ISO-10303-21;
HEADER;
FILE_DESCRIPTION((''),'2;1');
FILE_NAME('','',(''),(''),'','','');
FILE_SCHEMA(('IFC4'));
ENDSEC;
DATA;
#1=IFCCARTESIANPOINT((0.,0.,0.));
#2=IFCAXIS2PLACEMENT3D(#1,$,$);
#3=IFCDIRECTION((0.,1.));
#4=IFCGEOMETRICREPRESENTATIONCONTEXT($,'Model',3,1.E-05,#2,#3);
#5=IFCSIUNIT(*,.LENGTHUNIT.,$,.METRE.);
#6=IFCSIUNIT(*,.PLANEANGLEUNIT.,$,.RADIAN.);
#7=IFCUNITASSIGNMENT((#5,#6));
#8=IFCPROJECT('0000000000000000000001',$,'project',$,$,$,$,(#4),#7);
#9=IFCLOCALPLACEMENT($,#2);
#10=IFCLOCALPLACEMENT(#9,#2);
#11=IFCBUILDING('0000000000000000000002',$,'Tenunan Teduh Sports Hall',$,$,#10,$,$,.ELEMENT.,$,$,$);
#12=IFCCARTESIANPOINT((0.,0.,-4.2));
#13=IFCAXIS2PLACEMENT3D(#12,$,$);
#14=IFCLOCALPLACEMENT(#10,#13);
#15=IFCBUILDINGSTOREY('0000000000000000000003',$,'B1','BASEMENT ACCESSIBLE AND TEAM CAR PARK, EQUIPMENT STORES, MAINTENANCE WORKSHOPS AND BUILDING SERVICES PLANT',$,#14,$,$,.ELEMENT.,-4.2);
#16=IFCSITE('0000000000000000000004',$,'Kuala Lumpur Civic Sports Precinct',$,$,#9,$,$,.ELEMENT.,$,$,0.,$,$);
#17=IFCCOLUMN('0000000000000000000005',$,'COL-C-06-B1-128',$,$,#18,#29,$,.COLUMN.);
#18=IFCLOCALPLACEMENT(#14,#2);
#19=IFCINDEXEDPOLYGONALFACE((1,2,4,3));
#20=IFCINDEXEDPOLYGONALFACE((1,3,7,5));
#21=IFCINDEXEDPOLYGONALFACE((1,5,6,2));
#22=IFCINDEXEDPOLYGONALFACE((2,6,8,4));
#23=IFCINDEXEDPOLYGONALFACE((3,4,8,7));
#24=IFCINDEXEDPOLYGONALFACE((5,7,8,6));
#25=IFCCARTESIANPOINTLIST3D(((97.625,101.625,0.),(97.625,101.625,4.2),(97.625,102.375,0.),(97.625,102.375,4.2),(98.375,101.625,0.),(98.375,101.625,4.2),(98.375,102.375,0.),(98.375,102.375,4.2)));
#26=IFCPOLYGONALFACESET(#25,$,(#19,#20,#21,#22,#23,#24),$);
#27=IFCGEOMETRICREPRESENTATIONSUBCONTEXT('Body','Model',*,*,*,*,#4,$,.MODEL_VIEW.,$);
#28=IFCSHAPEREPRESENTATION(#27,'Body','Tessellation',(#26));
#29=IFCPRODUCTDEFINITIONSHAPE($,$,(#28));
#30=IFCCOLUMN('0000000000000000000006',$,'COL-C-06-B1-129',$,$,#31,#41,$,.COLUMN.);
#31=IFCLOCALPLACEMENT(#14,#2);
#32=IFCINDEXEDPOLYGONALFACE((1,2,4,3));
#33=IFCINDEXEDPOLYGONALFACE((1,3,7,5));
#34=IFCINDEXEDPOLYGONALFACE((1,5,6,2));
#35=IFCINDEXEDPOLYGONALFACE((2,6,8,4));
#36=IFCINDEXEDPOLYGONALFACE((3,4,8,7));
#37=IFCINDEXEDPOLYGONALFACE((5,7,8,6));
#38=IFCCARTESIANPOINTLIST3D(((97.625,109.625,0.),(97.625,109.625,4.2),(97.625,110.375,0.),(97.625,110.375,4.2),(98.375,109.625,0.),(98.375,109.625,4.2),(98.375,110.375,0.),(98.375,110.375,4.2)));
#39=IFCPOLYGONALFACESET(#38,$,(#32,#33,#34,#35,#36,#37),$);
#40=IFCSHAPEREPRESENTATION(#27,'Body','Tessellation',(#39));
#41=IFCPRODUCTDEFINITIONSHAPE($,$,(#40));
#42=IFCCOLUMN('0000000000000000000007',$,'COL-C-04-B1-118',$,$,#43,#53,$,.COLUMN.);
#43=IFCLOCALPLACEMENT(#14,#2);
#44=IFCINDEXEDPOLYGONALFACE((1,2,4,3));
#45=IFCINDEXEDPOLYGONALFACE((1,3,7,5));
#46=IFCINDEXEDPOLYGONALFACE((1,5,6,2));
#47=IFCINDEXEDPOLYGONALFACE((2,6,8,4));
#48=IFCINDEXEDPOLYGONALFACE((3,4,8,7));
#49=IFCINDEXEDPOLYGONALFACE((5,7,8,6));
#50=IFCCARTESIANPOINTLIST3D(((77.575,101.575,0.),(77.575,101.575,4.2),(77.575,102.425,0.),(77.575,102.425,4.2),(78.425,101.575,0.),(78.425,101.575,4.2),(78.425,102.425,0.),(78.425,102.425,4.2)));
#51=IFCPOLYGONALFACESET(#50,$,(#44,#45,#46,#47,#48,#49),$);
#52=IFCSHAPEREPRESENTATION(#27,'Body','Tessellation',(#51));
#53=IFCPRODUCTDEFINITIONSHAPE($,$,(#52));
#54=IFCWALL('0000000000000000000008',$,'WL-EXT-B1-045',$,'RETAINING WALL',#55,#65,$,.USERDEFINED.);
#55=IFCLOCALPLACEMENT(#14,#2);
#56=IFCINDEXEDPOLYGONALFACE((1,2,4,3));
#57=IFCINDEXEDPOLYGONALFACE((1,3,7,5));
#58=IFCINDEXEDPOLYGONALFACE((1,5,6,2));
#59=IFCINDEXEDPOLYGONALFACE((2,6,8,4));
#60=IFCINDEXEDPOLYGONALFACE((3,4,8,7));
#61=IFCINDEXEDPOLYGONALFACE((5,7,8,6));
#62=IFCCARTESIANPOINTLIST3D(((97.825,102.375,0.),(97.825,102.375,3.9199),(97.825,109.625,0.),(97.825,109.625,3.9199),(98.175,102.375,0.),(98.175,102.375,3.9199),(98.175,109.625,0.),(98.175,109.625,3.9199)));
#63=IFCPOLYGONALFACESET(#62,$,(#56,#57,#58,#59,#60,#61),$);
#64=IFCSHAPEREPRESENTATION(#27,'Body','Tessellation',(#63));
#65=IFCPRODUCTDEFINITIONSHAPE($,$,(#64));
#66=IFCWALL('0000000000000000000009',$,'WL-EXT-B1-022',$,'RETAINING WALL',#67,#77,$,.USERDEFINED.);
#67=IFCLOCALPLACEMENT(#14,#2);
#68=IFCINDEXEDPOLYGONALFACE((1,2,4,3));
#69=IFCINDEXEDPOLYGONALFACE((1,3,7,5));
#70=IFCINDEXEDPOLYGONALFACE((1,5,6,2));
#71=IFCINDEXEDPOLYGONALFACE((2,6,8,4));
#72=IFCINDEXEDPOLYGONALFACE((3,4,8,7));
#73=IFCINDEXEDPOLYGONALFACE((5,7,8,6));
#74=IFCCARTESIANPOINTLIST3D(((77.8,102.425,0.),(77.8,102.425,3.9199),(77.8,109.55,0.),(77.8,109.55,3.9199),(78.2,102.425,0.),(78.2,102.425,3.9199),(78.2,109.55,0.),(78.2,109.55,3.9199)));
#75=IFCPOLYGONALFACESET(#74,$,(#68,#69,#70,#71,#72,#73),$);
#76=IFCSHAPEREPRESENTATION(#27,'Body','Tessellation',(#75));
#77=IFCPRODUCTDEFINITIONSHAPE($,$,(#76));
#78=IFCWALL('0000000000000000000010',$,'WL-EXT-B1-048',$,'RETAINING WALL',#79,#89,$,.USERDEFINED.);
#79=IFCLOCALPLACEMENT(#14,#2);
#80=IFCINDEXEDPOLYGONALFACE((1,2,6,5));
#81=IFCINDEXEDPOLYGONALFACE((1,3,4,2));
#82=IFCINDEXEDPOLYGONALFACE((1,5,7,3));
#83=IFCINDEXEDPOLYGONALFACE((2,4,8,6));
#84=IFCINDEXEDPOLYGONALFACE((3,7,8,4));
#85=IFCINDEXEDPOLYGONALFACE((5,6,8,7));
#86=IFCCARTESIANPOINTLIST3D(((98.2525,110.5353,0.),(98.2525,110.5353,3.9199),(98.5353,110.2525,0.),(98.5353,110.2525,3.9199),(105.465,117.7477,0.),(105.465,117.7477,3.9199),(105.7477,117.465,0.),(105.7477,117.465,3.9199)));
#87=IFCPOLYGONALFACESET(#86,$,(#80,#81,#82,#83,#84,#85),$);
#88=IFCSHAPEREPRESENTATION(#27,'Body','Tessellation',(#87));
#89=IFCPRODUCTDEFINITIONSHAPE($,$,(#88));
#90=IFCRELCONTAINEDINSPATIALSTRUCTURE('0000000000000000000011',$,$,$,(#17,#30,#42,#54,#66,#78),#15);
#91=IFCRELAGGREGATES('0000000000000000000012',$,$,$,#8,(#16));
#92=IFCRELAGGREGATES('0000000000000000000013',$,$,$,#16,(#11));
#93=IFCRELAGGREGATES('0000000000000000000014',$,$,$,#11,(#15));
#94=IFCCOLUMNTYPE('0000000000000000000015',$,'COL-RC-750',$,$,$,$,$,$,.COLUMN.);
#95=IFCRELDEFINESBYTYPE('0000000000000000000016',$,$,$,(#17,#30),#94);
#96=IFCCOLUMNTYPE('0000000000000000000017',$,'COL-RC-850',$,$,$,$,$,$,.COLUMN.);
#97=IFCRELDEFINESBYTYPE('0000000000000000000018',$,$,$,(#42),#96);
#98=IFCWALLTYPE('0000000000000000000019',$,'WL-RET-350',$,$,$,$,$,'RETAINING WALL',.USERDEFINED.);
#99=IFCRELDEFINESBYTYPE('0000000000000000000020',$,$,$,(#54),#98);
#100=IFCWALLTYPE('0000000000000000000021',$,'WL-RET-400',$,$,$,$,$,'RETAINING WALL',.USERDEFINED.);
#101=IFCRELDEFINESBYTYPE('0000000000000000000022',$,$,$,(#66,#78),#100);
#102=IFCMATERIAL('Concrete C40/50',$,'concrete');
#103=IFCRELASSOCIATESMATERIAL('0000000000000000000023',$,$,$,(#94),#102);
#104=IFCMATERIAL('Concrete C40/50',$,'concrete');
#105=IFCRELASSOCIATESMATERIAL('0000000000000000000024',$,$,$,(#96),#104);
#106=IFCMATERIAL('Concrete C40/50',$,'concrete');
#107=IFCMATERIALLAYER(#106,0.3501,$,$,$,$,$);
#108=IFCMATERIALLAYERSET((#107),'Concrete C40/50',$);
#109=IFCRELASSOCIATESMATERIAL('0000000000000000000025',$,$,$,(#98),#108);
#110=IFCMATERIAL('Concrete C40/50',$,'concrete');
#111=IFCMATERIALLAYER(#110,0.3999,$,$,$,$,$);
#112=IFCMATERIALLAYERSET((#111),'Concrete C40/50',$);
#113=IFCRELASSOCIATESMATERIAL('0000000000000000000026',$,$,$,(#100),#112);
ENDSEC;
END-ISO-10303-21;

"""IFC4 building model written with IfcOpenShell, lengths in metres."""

from ifc_helpers import new_model, si_unit, direction, frame, frame_2d, origin, origin_2d, place, context, subcontext, project, spatial, rectangle, extrude, material, layer, layer_set, material_profile, profile_set, type_object, element, save


model = new_model("IFC4")

# Units and contexts
model_context = context("Model", 3, precision=1e-05, world=origin(), true_north=direction((0.0, 1.0)))
body_context = subcontext(model_context, "Body", "Model", "MODEL_VIEW")
ifc_project = project(units=[si_unit("LENGTHUNIT", "METRE"), si_unit("PLANEANGLEUNIT", "RADIAN")], contexts=[model_context])

# Site, building, storey
site_placement = place(None, origin())
site = spatial("IfcSite", under=ifc_project, at=site_placement, Name="Kuala Lumpur Civic Sports Precinct", CompositionType="ELEMENT", RefElevation=0.0)
building_placement = place(site_placement, origin())
building = spatial("IfcBuilding", under=site, at=building_placement, Name="Tenunan Teduh Sports Hall", CompositionType="ELEMENT")
storey_placement = place(building_placement, frame((0.0, 0.0, -4.2)))
storey = spatial("IfcBuildingStorey", under=building, at=storey_placement, Name="B1", Description="BASEMENT ACCESSIBLE AND TEAM CAR PARK, EQUIPMENT STORES, MAINTENANCE WORKSHOPS AND BUILDING SERVICES PLANT", CompositionType="ELEMENT", Elevation=-4.2)

# Columns
ifc_material_1 = material(Name="Concrete C40/50", Category="concrete")
ifc_material_profile_1 = material_profile(ifc_material_1, rectangle(XDim=0.75, YDim=0.75, at=origin_2d()), Name="RC 750x750")
ifc_profile_set_1 = profile_set([ifc_material_profile_1], Name="Concrete C40/50")
column_type_1 = type_object("IfcColumnType", Name="COL-RC-750", PredefinedType="COLUMN", material=ifc_profile_set_1)
for number, where, z_axis, x_axis, name in (
    (1, (98.0, 102.0, 0.0), (0.0, 0.0, 1.0), (1.0, 0.0, 0.0), "COL-C-06-B1-128"),
    (2, (98.0, 110.0, 0.0), (0.0, 0.0, 1.0), (1.0, 0.0, 0.0), "COL-C-06-B1-129"),
):
    element("IfcColumn", number, at=place(storey_placement, frame(where, z_axis=z_axis, x_axis=x_axis)), inside=storey, type_object=column_type_1, Name=name, PredefinedType="COLUMN", context=body_context, shape_type="SweptSolid", body=[
        extrude(rectangle(XDim=0.75, YDim=0.75, at=origin_2d()), origin(), (0.0, 0.0, 1.0), 4.2),
    ])
ifc_material_2 = material(Name="Concrete C40/50", Category="concrete")
ifc_material_profile_2 = material_profile(ifc_material_2, rectangle(XDim=0.8501, YDim=0.8501, at=origin_2d()), Name="RC 850x850")
ifc_profile_set_2 = profile_set([ifc_material_profile_2], Name="Concrete C40/50")
column_type_2 = type_object("IfcColumnType", Name="COL-RC-850", PredefinedType="COLUMN", material=ifc_profile_set_2)
column_1_placement = place(storey_placement, frame((78.0, 102.0, 0.0), z_axis=(0.0, 0.0, 1.0), x_axis=(1.0, 0.0, 0.0)))
element("IfcColumn", 3, at=column_1_placement, inside=storey, type_object=column_type_2, Name="COL-C-04-B1-118", PredefinedType="COLUMN", context=body_context, shape_type="SweptSolid", body=[
    extrude(rectangle(XDim=0.8501, YDim=0.8501, at=origin_2d()), origin(), (0.0, 0.0, 1.0), 4.2),
])

# Walls
ifc_material_3 = material(Name="Concrete C40/50", Category="concrete")
ifc_layer_1 = layer(ifc_material_3, 0.3501)
ifc_layer_set_1 = layer_set([ifc_layer_1], Name="Concrete C40/50")
wall_type_1 = type_object("IfcWallType", Name="WL-RET-350", ElementType="RETAINING WALL", PredefinedType="USERDEFINED", material=ifc_layer_set_1)
wall_1_placement = place(storey_placement, frame((98.0, 102.375, 0.0), z_axis=(0.0, 0.0, 1.0), x_axis=(0.0, 1.0, 0.0)))
element("IfcWall", 4, at=wall_1_placement, inside=storey, type_object=wall_type_1, Name="WL-EXT-B1-045", ObjectType="RETAINING WALL", PredefinedType="USERDEFINED", context=body_context, shape_type="SweptSolid", body=[
    extrude(rectangle(XDim=7.25, YDim=0.3501, at=frame_2d((3.625, 0.0))), origin(), (0.0, 0.0, 1.0), 3.9199),
])
ifc_material_4 = material(Name="Concrete C40/50", Category="concrete")
ifc_layer_2 = layer(ifc_material_4, 0.3999)
ifc_layer_set_2 = layer_set([ifc_layer_2], Name="Concrete C40/50")
wall_type_2 = type_object("IfcWallType", Name="WL-RET-400", ElementType="RETAINING WALL", PredefinedType="USERDEFINED", material=ifc_layer_set_2)
wall_2_placement = place(storey_placement, frame((78.0, 102.425, 0.0), z_axis=(0.0, 0.0, 1.0), x_axis=(0.0, 1.0, 0.0)))
element("IfcWall", 5, at=wall_2_placement, inside=storey, type_object=wall_type_2, Name="WL-EXT-B1-022", ObjectType="RETAINING WALL", PredefinedType="USERDEFINED", context=body_context, shape_type="SweptSolid", body=[
    extrude(rectangle(XDim=7.125, YDim=0.3999, at=frame_2d((3.5625, 0.0))), origin(), (0.0, 0.0, 1.0), 3.9199),
])
wall_3_placement = place(storey_placement, frame((98.3938, 110.3938, 0.0), z_axis=(0.0, 0.0, 1.0), x_axis=(0.707107, 0.707107, 0.0)))
element("IfcWall", 6, at=wall_3_placement, inside=storey, type_object=wall_type_2, Name="WL-EXT-B1-048", ObjectType="RETAINING WALL", PredefinedType="USERDEFINED", context=body_context, shape_type="SweptSolid", body=[
    extrude(rectangle(XDim=10.2, YDim=0.3999, at=frame_2d((5.1001, 0.0))), origin(), (0.0, 0.0, 1.0), 3.9199),
])

save(model, "model.ifc")
